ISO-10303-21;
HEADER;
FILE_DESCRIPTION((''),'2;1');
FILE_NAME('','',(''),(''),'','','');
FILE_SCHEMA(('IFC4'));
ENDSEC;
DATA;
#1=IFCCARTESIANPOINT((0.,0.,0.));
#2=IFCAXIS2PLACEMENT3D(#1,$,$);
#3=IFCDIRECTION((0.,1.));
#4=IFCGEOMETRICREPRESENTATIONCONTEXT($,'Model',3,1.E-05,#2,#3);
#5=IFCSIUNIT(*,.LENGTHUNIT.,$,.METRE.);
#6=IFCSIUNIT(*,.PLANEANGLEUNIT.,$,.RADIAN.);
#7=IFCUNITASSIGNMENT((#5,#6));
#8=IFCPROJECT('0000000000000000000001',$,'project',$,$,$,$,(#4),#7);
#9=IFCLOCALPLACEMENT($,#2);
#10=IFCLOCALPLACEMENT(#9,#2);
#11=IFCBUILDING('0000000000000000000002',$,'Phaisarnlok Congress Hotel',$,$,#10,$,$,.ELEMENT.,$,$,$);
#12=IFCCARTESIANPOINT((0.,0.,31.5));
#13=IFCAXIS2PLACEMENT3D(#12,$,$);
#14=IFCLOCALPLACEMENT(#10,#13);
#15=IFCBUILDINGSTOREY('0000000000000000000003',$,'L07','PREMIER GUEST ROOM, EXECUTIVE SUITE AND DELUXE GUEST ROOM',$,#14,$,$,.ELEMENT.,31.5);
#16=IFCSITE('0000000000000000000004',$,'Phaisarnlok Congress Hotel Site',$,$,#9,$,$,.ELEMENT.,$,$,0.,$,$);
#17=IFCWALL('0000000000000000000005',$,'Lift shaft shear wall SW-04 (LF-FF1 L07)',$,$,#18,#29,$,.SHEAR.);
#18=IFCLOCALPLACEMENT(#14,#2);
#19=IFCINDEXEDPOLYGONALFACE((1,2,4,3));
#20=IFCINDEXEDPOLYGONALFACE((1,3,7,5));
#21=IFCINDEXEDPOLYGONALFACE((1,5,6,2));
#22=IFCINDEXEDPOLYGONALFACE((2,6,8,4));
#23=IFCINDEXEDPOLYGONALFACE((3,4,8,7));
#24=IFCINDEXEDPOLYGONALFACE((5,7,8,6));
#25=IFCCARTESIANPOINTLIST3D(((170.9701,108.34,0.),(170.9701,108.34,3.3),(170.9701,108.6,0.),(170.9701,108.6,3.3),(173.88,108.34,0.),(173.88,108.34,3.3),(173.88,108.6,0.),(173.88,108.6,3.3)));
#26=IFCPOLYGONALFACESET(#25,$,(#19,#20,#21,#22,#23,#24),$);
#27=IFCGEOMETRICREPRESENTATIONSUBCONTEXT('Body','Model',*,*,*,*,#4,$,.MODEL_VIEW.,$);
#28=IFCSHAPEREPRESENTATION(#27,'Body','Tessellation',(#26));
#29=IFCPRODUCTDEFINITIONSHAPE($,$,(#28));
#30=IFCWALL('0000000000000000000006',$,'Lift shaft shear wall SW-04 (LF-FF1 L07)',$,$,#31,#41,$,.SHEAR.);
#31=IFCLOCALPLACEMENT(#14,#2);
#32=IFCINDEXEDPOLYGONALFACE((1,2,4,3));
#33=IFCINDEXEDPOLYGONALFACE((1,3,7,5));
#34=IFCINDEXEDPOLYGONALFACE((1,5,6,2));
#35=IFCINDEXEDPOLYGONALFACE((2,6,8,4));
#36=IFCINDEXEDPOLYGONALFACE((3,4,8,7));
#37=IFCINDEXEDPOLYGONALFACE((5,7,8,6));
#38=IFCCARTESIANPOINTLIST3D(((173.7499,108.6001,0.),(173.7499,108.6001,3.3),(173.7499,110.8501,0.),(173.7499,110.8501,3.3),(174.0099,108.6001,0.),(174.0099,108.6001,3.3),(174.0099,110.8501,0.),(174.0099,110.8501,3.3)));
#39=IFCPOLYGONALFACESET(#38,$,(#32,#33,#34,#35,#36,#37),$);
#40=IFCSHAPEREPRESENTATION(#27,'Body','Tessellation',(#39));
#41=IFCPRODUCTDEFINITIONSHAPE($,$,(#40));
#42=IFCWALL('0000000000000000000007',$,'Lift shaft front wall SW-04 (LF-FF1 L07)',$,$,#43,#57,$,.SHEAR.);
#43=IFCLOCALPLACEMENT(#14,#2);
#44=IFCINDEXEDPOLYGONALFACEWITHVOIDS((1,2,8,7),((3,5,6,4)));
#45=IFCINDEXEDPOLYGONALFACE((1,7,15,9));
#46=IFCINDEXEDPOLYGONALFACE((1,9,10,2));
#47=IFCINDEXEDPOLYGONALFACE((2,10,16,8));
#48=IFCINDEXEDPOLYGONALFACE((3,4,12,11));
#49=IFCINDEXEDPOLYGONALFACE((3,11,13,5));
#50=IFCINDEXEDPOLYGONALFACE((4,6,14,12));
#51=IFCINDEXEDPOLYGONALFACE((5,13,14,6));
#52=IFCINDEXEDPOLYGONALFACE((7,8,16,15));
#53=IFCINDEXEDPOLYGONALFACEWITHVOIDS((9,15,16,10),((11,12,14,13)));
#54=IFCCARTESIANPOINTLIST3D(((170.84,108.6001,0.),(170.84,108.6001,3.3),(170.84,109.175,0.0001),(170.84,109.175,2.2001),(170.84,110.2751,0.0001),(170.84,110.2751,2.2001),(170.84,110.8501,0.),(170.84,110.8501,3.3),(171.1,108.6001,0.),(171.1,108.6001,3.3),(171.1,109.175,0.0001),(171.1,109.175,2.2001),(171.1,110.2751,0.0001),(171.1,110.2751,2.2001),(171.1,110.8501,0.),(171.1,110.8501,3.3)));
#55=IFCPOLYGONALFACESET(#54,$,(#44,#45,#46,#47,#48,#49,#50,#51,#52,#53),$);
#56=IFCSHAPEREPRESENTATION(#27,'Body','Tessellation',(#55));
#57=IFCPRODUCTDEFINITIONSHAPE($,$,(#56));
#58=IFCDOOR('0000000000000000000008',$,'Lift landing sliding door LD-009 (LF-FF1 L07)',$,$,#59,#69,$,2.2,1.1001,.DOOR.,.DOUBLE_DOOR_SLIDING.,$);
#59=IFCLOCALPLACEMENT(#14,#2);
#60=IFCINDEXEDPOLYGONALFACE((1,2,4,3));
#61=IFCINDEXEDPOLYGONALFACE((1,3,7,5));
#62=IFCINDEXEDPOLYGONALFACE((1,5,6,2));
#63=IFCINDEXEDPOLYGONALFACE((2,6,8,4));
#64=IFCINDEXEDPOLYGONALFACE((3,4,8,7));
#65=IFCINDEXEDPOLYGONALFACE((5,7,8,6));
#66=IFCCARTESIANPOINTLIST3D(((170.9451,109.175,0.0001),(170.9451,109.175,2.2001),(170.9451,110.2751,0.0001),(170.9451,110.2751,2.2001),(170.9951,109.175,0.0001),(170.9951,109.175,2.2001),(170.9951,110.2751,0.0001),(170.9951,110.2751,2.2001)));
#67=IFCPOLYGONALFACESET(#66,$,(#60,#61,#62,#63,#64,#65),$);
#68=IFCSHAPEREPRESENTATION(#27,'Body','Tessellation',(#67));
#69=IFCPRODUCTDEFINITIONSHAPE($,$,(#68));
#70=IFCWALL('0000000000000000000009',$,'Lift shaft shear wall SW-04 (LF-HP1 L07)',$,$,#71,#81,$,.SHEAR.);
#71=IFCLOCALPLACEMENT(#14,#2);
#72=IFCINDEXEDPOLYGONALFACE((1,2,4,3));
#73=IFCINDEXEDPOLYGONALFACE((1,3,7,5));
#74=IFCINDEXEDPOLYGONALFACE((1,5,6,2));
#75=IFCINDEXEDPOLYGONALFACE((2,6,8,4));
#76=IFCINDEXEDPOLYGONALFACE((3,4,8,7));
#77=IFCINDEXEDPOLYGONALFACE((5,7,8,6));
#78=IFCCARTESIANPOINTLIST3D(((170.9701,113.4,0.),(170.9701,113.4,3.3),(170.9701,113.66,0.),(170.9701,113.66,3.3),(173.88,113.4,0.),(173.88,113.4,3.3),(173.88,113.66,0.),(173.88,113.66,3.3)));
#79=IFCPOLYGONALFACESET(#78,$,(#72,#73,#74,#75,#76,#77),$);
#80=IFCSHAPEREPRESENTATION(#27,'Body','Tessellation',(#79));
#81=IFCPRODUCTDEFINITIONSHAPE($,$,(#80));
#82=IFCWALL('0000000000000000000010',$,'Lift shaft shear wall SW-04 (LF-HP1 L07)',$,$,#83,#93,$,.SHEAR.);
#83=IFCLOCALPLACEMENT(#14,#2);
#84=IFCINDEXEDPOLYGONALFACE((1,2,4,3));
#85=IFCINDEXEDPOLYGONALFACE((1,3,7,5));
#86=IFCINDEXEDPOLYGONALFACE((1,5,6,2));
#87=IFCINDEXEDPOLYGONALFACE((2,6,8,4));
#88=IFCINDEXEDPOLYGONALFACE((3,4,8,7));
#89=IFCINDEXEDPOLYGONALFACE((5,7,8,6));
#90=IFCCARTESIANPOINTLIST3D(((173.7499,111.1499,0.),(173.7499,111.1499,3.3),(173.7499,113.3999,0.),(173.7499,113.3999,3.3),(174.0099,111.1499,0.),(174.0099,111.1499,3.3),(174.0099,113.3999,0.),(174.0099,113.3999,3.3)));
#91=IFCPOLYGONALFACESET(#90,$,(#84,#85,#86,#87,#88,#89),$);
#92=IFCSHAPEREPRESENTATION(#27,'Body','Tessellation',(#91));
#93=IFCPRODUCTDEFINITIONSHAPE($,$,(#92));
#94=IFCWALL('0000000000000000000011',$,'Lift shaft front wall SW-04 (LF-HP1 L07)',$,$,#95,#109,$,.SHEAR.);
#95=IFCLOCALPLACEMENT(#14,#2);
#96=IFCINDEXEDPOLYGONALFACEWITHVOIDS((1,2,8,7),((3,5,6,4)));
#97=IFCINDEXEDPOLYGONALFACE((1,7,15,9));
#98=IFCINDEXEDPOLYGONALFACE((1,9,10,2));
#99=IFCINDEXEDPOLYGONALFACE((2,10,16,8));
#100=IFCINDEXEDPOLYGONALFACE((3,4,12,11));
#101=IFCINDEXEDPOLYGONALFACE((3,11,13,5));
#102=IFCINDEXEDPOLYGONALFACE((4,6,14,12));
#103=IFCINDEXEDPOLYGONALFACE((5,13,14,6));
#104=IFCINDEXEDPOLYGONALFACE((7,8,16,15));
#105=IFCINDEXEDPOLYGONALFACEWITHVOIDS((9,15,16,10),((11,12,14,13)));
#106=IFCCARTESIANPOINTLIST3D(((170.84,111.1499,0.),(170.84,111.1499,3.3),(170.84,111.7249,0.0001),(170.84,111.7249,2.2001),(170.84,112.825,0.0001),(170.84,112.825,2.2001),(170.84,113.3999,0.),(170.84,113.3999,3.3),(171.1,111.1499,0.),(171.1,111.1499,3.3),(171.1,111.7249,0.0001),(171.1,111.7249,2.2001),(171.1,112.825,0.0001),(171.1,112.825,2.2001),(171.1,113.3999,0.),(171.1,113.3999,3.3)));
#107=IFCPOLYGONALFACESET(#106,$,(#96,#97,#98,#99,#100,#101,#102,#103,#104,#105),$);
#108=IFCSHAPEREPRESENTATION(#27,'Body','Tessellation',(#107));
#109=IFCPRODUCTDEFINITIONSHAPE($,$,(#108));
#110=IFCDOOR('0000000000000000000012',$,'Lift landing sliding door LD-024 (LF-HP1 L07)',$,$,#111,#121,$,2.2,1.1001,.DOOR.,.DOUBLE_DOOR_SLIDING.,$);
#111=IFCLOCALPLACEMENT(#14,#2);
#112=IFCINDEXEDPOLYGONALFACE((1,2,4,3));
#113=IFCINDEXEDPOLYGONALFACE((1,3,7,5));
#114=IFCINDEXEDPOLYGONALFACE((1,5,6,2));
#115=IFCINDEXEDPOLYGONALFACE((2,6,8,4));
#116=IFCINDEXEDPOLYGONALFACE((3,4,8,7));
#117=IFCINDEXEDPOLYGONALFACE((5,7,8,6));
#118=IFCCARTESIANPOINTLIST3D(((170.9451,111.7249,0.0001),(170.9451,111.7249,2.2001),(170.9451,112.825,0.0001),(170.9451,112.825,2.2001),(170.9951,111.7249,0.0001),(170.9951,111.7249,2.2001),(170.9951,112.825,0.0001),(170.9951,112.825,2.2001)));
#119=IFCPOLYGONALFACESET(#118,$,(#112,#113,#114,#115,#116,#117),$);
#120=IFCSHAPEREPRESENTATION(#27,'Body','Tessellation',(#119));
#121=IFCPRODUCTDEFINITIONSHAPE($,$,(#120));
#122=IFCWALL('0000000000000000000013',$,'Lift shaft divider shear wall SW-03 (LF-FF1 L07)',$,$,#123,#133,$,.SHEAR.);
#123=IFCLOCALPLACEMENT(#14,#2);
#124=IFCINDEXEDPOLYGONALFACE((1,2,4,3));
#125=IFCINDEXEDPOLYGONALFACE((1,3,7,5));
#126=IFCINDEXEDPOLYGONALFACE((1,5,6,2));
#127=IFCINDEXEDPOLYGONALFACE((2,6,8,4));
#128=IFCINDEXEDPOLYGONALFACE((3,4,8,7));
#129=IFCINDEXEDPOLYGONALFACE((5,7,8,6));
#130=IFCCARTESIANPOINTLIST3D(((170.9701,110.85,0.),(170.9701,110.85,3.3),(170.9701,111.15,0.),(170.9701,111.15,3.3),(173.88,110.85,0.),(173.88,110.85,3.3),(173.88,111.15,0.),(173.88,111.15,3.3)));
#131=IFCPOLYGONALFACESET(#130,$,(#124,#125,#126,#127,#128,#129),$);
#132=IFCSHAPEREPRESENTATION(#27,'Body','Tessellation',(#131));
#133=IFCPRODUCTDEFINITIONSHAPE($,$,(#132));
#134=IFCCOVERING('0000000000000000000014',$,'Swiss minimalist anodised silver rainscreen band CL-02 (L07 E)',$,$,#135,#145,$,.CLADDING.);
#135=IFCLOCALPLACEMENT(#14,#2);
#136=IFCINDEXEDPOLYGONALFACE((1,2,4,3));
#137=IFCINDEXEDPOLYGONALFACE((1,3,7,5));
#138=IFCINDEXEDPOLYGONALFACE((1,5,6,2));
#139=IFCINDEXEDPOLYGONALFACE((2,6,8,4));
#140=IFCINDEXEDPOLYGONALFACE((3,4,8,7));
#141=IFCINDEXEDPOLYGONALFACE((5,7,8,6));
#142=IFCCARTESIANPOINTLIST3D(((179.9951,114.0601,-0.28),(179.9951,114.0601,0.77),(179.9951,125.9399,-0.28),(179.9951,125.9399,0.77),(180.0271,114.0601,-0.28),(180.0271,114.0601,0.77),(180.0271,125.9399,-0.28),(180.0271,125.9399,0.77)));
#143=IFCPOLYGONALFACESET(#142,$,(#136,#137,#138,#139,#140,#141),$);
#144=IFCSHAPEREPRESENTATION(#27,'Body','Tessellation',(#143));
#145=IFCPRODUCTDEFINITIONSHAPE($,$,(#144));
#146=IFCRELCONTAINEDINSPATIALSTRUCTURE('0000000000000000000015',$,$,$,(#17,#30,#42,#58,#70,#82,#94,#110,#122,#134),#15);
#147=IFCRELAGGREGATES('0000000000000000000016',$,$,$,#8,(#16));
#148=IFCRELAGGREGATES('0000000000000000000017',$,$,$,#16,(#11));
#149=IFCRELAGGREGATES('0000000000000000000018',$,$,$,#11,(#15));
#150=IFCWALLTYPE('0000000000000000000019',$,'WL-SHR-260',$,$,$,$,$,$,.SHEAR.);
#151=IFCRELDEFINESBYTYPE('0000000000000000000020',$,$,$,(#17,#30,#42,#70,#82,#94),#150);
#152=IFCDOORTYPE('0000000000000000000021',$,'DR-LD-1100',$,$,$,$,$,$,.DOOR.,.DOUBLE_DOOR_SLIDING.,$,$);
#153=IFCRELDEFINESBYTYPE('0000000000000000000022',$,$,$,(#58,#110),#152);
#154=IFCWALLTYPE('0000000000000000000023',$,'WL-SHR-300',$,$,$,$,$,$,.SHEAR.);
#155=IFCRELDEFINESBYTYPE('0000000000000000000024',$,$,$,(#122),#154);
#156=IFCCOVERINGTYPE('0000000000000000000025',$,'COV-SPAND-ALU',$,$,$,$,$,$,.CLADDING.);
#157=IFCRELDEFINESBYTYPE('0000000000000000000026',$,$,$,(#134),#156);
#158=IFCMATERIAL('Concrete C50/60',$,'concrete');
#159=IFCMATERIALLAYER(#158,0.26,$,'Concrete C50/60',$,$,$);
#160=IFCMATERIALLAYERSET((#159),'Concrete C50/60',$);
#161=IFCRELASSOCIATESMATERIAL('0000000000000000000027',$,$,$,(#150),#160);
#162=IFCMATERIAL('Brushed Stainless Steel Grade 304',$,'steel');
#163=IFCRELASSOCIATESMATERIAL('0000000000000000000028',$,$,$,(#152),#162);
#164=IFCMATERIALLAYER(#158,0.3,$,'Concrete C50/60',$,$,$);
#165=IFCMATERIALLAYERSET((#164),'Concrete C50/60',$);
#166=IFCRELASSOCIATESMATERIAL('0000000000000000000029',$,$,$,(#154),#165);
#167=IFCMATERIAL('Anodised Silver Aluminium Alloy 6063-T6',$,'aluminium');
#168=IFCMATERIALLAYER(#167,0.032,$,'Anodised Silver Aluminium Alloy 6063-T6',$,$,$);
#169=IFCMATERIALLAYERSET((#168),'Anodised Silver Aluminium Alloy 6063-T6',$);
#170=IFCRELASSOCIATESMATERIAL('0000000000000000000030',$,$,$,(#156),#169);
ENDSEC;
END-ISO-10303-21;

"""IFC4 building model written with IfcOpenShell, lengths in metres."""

from ifc_helpers import new_model, si_unit, direction, frame, frame_2d, origin, place, context, subcontext, project, spatial, polyline, rectangle, outline, extrude, material, layer, layer_set, type_object, element, fill, save


model = new_model("IFC4")

# Units and contexts
model_context = context("Model", 3, precision=1e-05, world=origin(), true_north=direction((0.0, 1.0)))
body_context = subcontext(model_context, "Body", "Model", "MODEL_VIEW")
ifc_project = project(units=[si_unit("LENGTHUNIT", "METRE"), si_unit("PLANEANGLEUNIT", "RADIAN")], contexts=[model_context])

# Site, building, storey
site_placement = place(None, origin())
site = spatial("IfcSite", under=ifc_project, at=site_placement, Name="Phaisarnlok Congress Hotel Site", CompositionType="ELEMENT", RefElevation=0.0)
building_placement = place(site_placement, origin())
building = spatial("IfcBuilding", under=site, at=building_placement, Name="Phaisarnlok Congress Hotel", CompositionType="ELEMENT")
storey_placement = place(building_placement, frame((0.0, 0.0, 31.5)))
storey = spatial("IfcBuildingStorey", under=building, at=storey_placement, Name="L07", Description="PREMIER GUEST ROOM, EXECUTIVE SUITE AND DELUXE GUEST ROOM", CompositionType="ELEMENT", Elevation=31.5)

# Shared definitions
ifc_material_1 = material(Name="Concrete C50/60", Category="concrete")

# Walls
ifc_layer_1 = layer(ifc_material_1, 0.26, Name="Concrete C50/60")
ifc_layer_set_1 = layer_set([ifc_layer_1], Name="Concrete C50/60")
wall_type_1 = type_object("IfcWallType", Name="WL-SHR-260", PredefinedType="SHEAR", material=ifc_layer_set_1)
wall_1_placement = place(storey_placement, frame((170.97, 108.47, 0.0), z_axis=(0.0, 0.0, 1.0), x_axis=(1.0, 0.0, 0.0)))
element("IfcWall", 1, at=wall_1_placement, inside=storey, type_object=wall_type_1, Name="Lift shaft shear wall SW-04 (LF-FF1 L07)", PredefinedType="SHEAR", context=body_context, shape_type="SweptSolid", body=[
    extrude(rectangle(XDim=2.9099, YDim=0.26, at=frame_2d((1.4551, 0.0))), origin(), (0.0, 0.0, 1.0), 3.3),
])
wall_2_placement = place(storey_placement, frame((173.8799, 108.6001, 0.0), z_axis=(0.0, 0.0, 1.0), x_axis=(0.0, 1.0, 0.0)))
element("IfcWall", 2, at=wall_2_placement, inside=storey, type_object=wall_type_1, Name="Lift shaft shear wall SW-04 (LF-FF1 L07)", PredefinedType="SHEAR", context=body_context, shape_type="SweptSolid", body=[
    extrude(rectangle(XDim=2.25, YDim=0.26, at=frame_2d((1.125, 0.0))), origin(), (0.0, 0.0, 1.0), 3.3),
])

# Wall, opening, door
wall_3_placement = place(storey_placement, frame((170.97, 108.6001, 0.0), z_axis=(0.0, 0.0, 1.0), x_axis=(0.0, 1.0, 0.0)))
wall_3 = element("IfcWall", 3, at=wall_3_placement, inside=storey, type_object=wall_type_1, Name="Lift shaft front wall SW-04 (LF-FF1 L07)", PredefinedType="SHEAR", context=body_context, shape_type="SweptSolid", body=[
    extrude(rectangle(XDim=2.25, YDim=0.26, at=frame_2d((1.125, 0.0))), origin(), (0.0, 0.0, 1.0), 3.3),
])
opening_1_placement = place(wall_3_placement, frame((0.575, 0.0, 0.0)))
opening_1 = element("IfcOpeningElement", 4, at=opening_1_placement, cuts=wall_3, PredefinedType="OPENING", context=body_context, shape_type="SweptSolid", body=[
    extrude(rectangle(XDim=1.1001, YDim=2.2, at=frame_2d((0.55, 1.1001))), frame((0.0, 0.1401, 0.0), z_axis=(0.0, -1.0, 0.0), x_axis=(1.0, 0.0, 0.0)), (0.0, 0.0, 1.0), 0.28),
])
ifc_material_2 = material(Name="Brushed Stainless Steel Grade 304", Category="steel")
door_type = type_object("IfcDoorType", Name="DR-LD-1100", OperationType="DOUBLE_DOOR_SLIDING", PredefinedType="DOOR", material=ifc_material_2)
door_1_placement = place(opening_1_placement, origin())
door_1 = element("IfcDoor", 5, at=door_1_placement, inside=storey, type_object=door_type, Name="Lift landing sliding door LD-009 (LF-FF1 L07)", OperationType="DOUBLE_DOOR_SLIDING", OverallHeight=2.2, OverallWidth=1.1001, PredefinedType="DOOR", context=body_context, shape_type="SweptSolid", body=[
    extrude(rectangle(XDim=1.1001, YDim=2.2, at=frame_2d((0.55, 1.1001))), frame((0.0, 0.0249, 0.0), z_axis=(0.0, -1.0, 0.0), x_axis=(1.0, 0.0, 0.0)), (0.0, 0.0, 1.0), 0.05),
])
fill(opening_1, door_1)

# Walls
wall_4_placement = place(storey_placement, frame((170.97, 113.53, 0.0), z_axis=(0.0, 0.0, 1.0), x_axis=(1.0, 0.0, 0.0)))
element("IfcWall", 6, at=wall_4_placement, inside=storey, type_object=wall_type_1, Name="Lift shaft shear wall SW-04 (LF-HP1 L07)", PredefinedType="SHEAR", context=body_context, shape_type="SweptSolid", body=[
    extrude(rectangle(XDim=2.9099, YDim=0.26, at=frame_2d((1.4551, 0.0))), origin(), (0.0, 0.0, 1.0), 3.3),
])
wall_5_placement = place(storey_placement, frame((173.8799, 111.1499, 0.0), z_axis=(0.0, 0.0, 1.0), x_axis=(0.0, 1.0, 0.0)))
element("IfcWall", 7, at=wall_5_placement, inside=storey, type_object=wall_type_1, Name="Lift shaft shear wall SW-04 (LF-HP1 L07)", PredefinedType="SHEAR", context=body_context, shape_type="SweptSolid", body=[
    extrude(rectangle(XDim=2.25, YDim=0.26, at=frame_2d((1.125, 0.0))), origin(), (0.0, 0.0, 1.0), 3.3),
])

# Wall, opening, door
wall_6_placement = place(storey_placement, frame((170.97, 111.1499, 0.0), z_axis=(0.0, 0.0, 1.0), x_axis=(0.0, 1.0, 0.0)))
wall_6 = element("IfcWall", 8, at=wall_6_placement, inside=storey, type_object=wall_type_1, Name="Lift shaft front wall SW-04 (LF-HP1 L07)", PredefinedType="SHEAR", context=body_context, shape_type="SweptSolid", body=[
    extrude(rectangle(XDim=2.25, YDim=0.26, at=frame_2d((1.125, 0.0))), origin(), (0.0, 0.0, 1.0), 3.3),
])
opening_2_placement = place(wall_6_placement, frame((0.575, 0.0, 0.0)))
opening_2 = element("IfcOpeningElement", 9, at=opening_2_placement, cuts=wall_6, PredefinedType="OPENING", context=body_context, shape_type="SweptSolid", body=[
    extrude(rectangle(XDim=1.1001, YDim=2.2, at=frame_2d((0.55, 1.1001))), frame((0.0, 0.1401, 0.0), z_axis=(0.0, -1.0, 0.0), x_axis=(1.0, 0.0, 0.0)), (0.0, 0.0, 1.0), 0.28),
])
door_2_placement = place(opening_2_placement, origin())
door_2 = element("IfcDoor", 10, at=door_2_placement, inside=storey, type_object=door_type, Name="Lift landing sliding door LD-024 (LF-HP1 L07)", OperationType="DOUBLE_DOOR_SLIDING", OverallHeight=2.2, OverallWidth=1.1001, PredefinedType="DOOR", context=body_context, shape_type="SweptSolid", body=[
    extrude(rectangle(XDim=1.1001, YDim=2.2, at=frame_2d((0.55, 1.1001))), frame((0.0, 0.0249, 0.0), z_axis=(0.0, -1.0, 0.0), x_axis=(1.0, 0.0, 0.0)), (0.0, 0.0, 1.0), 0.05),
])
fill(opening_2, door_2)

# Wall
ifc_layer_2 = layer(ifc_material_1, 0.3, Name="Concrete C50/60")
ifc_layer_set_2 = layer_set([ifc_layer_2], Name="Concrete C50/60")
wall_type_2 = type_object("IfcWallType", Name="WL-SHR-300", PredefinedType="SHEAR", material=ifc_layer_set_2)
wall_7_placement = place(storey_placement, frame((170.97, 111.0, 0.0), z_axis=(0.0, 0.0, 1.0), x_axis=(1.0, 0.0, 0.0)))
element("IfcWall", 11, at=wall_7_placement, inside=storey, type_object=wall_type_2, Name="Lift shaft divider shear wall SW-03 (LF-FF1 L07)", PredefinedType="SHEAR", context=body_context, shape_type="SweptSolid", body=[
    extrude(rectangle(XDim=2.9099, YDim=0.3, at=frame_2d((1.4551, 0.0))), origin(), (0.0, 0.0, 1.0), 3.3),
])

# Covering
ifc_material_3 = material(Name="Anodised Silver Aluminium Alloy 6063-T6", Category="aluminium")
ifc_layer_3 = layer(ifc_material_3, 0.032, Name="Anodised Silver Aluminium Alloy 6063-T6")
ifc_layer_set_3 = layer_set([ifc_layer_3], Name="Anodised Silver Aluminium Alloy 6063-T6")
covering_type = type_object("IfcCoveringType", Name="COV-SPAND-ALU", PredefinedType="CLADDING", material=ifc_layer_set_3)
covering_placement = place(storey_placement, frame((179.9951, 114.0601, -0.28), z_axis=(1.0, 0.0, 0.0), x_axis=(0.0, 1.0, 0.0)))
element("IfcCovering", 12, at=covering_placement, inside=storey, type_object=covering_type, Name="Swiss minimalist anodised silver rainscreen band CL-02 (L07 E)", PredefinedType="CLADDING", context=body_context, shape_type="SweptSolid", body=[
    extrude(outline(polyline([(0.0, 0.0), (11.8799, 0.0), (11.8799, 1.05), (0.0, 1.05), (0.0, 0.0)])), origin(), (0.0, 0.0, 1.0), 0.032),
])

save(model, "model.ifc")
